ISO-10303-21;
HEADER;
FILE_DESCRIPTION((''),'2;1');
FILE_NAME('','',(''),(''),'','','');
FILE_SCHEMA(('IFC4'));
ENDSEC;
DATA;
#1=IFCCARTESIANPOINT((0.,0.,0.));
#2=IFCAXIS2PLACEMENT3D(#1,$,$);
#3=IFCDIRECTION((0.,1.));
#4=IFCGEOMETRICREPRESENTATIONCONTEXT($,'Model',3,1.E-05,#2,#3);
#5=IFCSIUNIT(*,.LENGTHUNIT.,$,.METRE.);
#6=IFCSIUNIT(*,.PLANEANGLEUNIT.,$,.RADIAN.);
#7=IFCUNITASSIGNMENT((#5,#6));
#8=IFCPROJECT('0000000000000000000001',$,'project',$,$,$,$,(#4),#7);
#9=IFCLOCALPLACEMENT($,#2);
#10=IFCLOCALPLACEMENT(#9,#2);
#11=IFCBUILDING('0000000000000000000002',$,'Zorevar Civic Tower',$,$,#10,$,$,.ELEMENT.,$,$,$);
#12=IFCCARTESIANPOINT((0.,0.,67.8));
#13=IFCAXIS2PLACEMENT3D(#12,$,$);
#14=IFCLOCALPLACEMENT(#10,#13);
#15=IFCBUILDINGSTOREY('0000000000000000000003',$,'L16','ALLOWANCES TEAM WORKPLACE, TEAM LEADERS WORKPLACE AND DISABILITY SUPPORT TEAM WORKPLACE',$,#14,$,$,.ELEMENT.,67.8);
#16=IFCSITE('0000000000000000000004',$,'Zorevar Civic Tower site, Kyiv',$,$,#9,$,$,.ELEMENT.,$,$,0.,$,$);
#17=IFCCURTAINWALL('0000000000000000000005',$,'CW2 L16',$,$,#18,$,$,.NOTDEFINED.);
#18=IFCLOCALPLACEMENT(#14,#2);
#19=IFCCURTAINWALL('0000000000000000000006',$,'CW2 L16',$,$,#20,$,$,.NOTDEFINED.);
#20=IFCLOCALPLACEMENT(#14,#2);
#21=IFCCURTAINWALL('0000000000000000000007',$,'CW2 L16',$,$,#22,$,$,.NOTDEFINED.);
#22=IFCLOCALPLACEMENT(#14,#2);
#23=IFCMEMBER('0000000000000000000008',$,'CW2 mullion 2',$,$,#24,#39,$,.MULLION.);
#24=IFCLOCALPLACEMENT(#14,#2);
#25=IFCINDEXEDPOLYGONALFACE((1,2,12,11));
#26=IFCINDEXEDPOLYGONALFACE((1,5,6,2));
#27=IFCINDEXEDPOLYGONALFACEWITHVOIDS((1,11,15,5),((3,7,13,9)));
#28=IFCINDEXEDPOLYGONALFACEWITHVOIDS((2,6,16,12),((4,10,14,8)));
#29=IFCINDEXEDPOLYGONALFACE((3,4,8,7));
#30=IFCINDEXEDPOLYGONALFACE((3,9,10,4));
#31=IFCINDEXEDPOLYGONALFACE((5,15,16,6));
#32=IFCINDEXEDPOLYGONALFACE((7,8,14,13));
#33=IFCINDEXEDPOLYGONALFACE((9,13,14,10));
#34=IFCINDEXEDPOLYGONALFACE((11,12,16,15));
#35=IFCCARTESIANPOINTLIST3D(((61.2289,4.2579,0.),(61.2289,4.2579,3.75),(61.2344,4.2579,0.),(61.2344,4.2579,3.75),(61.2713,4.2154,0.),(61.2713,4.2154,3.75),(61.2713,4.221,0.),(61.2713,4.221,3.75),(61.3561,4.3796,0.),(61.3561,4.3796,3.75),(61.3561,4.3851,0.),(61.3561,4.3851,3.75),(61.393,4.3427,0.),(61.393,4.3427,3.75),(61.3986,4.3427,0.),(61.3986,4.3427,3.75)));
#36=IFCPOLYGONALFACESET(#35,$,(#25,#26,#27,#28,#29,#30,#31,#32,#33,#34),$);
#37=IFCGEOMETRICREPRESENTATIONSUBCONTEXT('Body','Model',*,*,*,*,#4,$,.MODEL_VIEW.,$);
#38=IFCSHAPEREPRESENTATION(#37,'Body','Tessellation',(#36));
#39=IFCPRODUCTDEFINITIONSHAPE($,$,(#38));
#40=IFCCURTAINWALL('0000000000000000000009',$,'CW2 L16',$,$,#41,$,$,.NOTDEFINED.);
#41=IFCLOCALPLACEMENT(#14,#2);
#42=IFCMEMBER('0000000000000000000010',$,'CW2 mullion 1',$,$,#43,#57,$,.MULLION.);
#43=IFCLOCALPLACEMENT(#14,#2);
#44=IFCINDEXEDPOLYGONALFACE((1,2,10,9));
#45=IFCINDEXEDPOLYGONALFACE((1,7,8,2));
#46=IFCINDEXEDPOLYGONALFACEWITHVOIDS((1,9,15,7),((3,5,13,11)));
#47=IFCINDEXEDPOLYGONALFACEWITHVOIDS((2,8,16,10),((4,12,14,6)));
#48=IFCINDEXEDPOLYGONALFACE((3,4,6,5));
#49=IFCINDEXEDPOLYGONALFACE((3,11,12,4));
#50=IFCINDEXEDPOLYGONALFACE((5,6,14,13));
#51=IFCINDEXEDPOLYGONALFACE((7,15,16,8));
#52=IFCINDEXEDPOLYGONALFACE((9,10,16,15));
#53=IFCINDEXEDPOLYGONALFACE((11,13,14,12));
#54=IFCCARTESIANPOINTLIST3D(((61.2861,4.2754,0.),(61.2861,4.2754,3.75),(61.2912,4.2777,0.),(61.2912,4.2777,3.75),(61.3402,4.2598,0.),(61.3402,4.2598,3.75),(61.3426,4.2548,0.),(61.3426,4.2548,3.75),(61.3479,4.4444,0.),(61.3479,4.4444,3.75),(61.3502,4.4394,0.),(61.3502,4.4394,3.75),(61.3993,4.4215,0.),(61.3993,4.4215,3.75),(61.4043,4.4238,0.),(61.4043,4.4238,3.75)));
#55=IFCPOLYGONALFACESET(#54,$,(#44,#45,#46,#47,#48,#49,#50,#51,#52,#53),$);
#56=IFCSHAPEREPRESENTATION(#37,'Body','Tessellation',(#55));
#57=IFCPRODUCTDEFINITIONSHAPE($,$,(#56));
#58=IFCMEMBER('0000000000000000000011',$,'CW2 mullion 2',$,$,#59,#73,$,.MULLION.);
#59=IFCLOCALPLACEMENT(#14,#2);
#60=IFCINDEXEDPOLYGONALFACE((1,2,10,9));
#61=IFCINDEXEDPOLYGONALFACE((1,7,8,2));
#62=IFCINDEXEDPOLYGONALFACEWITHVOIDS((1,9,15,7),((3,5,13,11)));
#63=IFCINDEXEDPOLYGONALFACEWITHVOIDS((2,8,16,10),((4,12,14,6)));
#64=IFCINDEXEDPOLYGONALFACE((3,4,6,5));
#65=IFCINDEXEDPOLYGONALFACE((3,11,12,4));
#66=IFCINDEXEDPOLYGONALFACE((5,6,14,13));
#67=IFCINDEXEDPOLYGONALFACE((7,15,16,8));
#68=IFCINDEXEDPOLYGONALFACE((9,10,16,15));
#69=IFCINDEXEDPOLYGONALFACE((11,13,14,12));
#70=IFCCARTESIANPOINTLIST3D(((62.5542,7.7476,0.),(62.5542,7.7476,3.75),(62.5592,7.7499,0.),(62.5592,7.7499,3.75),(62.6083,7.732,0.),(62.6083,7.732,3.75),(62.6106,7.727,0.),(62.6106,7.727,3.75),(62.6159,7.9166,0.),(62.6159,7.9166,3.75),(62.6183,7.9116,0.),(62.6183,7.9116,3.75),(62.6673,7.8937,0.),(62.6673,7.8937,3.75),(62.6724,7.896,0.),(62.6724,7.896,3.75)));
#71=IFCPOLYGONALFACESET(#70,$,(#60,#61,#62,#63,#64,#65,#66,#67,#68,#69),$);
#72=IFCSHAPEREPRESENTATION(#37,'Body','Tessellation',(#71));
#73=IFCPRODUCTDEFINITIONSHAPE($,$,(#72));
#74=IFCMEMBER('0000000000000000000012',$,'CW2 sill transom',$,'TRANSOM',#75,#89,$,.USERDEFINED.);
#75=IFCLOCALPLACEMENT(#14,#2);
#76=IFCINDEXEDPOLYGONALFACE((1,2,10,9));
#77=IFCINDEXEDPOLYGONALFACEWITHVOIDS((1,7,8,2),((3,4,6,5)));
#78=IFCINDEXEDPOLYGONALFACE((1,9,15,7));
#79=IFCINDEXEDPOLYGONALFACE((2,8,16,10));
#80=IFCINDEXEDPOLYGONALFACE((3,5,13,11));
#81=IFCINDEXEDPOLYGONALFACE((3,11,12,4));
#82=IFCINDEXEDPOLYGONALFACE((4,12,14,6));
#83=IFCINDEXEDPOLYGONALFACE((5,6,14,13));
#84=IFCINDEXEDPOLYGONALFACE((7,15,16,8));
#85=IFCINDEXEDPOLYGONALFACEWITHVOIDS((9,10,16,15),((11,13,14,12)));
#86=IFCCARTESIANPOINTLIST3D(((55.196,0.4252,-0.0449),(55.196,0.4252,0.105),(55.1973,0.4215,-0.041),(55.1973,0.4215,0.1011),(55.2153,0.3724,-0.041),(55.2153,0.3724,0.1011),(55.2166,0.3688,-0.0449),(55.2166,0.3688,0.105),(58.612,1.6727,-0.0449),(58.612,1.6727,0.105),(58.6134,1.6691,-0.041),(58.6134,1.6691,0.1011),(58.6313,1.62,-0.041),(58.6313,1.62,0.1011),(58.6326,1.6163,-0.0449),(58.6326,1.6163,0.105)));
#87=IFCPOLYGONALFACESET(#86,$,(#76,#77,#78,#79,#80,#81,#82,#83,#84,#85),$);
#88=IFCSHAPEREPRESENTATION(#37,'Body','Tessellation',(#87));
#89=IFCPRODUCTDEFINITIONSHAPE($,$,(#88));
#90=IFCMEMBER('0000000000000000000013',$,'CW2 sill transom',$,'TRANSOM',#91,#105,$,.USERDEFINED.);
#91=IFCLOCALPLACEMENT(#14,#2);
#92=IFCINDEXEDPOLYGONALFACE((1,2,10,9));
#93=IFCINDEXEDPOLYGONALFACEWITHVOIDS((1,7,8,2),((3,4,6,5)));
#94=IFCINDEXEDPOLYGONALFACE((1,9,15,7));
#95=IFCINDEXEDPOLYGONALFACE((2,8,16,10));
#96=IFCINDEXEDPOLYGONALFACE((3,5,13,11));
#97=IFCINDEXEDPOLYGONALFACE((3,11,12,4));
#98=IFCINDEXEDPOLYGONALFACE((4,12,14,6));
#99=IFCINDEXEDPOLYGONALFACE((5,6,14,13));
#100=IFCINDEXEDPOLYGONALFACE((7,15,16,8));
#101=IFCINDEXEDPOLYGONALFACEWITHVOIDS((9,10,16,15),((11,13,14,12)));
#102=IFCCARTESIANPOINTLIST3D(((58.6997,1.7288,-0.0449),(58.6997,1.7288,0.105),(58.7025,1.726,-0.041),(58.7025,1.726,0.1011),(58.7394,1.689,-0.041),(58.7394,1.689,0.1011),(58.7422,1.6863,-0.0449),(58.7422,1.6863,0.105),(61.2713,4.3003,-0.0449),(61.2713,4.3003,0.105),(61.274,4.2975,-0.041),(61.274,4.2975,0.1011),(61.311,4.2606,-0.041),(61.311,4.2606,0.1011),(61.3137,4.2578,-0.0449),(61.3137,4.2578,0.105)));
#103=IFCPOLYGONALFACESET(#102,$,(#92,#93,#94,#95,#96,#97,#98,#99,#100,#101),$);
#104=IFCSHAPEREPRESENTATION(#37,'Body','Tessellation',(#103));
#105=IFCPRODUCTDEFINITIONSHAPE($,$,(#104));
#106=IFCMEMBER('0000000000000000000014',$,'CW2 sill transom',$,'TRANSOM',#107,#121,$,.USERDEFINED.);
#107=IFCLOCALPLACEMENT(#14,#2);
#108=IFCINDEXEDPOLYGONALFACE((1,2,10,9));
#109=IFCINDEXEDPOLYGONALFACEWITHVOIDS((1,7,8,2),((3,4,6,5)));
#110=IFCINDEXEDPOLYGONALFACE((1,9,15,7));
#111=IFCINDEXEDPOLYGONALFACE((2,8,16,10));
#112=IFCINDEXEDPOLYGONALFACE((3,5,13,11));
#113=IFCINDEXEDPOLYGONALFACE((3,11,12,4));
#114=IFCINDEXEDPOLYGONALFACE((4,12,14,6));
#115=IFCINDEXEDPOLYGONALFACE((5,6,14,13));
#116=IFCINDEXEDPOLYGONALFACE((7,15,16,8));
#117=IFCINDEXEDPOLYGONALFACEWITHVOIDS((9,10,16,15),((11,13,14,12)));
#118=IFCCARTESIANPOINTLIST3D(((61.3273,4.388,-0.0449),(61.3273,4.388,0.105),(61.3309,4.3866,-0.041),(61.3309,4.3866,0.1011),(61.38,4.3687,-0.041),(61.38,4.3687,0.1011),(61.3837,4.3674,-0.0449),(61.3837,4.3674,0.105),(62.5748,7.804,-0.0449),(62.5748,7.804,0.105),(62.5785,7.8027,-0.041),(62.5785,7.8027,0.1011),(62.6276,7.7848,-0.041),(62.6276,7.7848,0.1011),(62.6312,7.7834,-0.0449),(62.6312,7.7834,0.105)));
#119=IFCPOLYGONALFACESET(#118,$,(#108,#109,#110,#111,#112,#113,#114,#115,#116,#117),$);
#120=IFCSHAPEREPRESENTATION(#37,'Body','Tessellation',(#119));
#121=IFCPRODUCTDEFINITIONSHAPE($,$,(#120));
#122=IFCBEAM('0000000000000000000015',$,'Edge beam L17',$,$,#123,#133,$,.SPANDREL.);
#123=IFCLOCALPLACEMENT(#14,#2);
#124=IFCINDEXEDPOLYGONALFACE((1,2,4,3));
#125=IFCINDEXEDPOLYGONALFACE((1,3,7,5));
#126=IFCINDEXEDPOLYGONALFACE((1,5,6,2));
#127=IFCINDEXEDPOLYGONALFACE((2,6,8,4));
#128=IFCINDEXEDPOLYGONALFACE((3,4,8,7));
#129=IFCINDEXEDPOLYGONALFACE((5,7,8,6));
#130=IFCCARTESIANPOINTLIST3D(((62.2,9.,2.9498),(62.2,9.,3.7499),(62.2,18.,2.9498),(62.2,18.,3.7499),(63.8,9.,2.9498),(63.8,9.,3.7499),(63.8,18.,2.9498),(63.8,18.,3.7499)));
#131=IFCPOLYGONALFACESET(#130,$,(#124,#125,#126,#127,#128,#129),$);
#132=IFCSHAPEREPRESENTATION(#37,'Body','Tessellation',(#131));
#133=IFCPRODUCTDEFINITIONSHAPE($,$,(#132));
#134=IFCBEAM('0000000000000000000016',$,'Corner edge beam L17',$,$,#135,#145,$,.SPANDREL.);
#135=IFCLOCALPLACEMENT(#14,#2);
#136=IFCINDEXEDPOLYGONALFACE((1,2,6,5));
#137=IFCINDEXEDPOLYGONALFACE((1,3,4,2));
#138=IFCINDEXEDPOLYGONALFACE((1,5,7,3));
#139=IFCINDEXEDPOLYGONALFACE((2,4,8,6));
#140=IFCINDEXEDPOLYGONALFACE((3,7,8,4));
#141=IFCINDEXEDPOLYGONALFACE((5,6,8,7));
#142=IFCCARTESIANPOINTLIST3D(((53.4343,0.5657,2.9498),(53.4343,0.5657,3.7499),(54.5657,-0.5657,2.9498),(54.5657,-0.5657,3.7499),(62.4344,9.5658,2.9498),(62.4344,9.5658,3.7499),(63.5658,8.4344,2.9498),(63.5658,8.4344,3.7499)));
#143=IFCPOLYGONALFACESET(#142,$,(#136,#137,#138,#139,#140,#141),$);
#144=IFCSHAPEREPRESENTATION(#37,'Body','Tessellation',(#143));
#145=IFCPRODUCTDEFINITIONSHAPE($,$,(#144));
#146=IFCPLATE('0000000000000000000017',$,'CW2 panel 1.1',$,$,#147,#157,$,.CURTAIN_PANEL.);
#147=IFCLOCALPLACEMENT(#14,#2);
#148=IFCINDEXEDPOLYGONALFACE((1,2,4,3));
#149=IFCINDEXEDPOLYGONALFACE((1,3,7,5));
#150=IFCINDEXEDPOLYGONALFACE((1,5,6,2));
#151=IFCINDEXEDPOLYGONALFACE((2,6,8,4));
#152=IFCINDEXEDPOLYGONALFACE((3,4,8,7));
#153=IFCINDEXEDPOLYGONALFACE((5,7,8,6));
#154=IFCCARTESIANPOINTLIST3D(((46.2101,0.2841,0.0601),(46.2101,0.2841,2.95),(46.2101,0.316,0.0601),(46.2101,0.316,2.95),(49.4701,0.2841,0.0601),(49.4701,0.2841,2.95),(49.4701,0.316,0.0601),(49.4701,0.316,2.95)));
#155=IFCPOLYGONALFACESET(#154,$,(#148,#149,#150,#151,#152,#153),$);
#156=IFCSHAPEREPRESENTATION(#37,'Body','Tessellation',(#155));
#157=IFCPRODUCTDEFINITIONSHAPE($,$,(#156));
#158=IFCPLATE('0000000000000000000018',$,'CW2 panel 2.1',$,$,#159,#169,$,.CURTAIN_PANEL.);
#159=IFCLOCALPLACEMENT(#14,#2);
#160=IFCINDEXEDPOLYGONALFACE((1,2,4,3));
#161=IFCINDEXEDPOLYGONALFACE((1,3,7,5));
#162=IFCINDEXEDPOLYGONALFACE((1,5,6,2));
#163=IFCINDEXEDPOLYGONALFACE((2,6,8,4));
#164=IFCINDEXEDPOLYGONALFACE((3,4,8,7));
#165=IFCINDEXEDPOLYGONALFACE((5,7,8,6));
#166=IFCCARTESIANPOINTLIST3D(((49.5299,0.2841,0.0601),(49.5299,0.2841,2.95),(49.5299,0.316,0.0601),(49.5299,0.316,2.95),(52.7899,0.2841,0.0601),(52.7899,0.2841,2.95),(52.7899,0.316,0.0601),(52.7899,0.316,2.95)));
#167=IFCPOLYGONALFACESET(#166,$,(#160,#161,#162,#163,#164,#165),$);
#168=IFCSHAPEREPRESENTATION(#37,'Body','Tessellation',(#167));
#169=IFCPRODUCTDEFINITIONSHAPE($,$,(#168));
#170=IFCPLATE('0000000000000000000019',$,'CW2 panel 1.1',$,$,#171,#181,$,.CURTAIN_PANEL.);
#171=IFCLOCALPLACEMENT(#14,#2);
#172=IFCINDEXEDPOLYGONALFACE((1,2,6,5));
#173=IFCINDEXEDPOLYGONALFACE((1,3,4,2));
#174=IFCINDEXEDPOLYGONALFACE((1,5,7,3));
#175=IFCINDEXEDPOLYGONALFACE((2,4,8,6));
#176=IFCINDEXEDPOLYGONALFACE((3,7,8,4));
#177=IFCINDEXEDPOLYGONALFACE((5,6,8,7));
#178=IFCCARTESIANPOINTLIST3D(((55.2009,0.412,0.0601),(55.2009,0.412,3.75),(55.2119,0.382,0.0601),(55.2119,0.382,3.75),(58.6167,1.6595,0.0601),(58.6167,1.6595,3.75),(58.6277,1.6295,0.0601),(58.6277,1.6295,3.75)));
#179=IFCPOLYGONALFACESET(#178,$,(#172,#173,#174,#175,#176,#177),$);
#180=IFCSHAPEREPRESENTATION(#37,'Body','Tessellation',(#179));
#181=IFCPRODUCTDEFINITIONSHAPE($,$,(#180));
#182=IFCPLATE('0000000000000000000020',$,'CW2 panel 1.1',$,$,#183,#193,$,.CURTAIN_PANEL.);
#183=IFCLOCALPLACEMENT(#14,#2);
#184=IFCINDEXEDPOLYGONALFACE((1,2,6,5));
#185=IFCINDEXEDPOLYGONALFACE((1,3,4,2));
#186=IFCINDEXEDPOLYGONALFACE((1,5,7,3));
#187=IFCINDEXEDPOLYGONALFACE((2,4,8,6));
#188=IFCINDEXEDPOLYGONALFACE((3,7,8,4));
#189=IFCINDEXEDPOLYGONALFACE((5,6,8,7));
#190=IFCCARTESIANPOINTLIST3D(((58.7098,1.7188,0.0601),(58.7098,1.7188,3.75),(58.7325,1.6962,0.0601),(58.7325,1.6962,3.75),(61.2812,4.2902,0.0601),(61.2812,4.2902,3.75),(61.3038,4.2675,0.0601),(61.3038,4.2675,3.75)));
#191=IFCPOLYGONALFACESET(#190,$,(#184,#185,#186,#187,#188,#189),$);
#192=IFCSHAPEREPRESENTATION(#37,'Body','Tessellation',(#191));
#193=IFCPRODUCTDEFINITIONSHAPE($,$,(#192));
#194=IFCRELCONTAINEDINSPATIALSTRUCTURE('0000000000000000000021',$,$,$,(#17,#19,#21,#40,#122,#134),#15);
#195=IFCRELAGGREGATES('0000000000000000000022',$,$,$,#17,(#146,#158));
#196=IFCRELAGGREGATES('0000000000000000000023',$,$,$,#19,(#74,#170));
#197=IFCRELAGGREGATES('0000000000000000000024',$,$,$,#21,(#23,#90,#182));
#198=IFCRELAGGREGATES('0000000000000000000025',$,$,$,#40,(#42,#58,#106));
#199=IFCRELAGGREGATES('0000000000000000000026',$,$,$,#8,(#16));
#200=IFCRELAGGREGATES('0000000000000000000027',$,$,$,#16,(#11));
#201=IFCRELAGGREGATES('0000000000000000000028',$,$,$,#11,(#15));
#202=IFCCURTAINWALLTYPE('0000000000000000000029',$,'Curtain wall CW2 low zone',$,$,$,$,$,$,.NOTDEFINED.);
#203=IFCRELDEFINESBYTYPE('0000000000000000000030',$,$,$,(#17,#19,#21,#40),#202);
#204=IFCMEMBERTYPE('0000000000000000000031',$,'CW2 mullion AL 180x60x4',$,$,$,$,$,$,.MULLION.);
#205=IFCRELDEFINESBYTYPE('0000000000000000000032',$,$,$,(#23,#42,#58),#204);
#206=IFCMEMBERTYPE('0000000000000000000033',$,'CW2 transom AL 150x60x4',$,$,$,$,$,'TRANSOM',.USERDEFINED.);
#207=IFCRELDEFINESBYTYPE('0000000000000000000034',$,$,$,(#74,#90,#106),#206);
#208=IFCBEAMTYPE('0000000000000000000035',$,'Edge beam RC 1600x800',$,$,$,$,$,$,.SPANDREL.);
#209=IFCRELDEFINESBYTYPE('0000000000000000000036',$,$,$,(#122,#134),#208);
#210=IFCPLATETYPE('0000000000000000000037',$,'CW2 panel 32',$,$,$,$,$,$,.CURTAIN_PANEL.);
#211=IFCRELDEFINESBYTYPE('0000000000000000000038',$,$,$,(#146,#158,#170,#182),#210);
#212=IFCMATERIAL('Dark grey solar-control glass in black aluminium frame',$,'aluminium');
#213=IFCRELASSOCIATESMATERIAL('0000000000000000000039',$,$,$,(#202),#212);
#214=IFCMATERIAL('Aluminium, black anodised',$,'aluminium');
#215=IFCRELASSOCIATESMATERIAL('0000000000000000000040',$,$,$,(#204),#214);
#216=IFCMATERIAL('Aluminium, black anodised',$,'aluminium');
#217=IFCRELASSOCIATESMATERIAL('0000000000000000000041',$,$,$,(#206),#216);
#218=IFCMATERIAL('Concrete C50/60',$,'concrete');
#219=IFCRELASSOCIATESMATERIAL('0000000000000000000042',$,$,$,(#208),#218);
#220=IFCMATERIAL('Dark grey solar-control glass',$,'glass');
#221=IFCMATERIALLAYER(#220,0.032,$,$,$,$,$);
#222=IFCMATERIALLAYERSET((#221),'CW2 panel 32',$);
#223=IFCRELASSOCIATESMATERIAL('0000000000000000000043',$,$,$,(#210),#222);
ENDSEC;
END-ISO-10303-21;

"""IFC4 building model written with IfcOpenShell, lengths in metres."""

from ifc_helpers import new_model, si_unit, direction, frame, origin, origin_2d, place, context, subcontext, project, spatial, rectangle, hollow_rectangle, extrude, material, layer, layer_set, material_profile, profile_set, type_object, element, aggregate, save


model = new_model("IFC4")

# Units and contexts
model_context = context("Model", 3, precision=1e-05, world=origin(), true_north=direction((0.0, 1.0)))
body_context = subcontext(model_context, "Body", "Model", "MODEL_VIEW")
ifc_project = project(units=[si_unit("LENGTHUNIT", "METRE"), si_unit("PLANEANGLEUNIT", "RADIAN")], contexts=[model_context])

# Site, building, storey
site_placement = place(None, origin())
site = spatial("IfcSite", under=ifc_project, at=site_placement, Name="Zorevar Civic Tower site, Kyiv", CompositionType="ELEMENT", RefElevation=0.0)
building_placement = place(site_placement, origin())
building = spatial("IfcBuilding", under=site, at=building_placement, Name="Zorevar Civic Tower", CompositionType="ELEMENT")
storey_placement = place(building_placement, frame((0.0, 0.0, 67.8)))
storey = spatial("IfcBuildingStorey", under=building, at=storey_placement, Name="L16", Description="ALLOWANCES TEAM WORKPLACE, TEAM LEADERS WORKPLACE AND DISABILITY SUPPORT TEAM WORKPLACE", CompositionType="ELEMENT", Elevation=67.8)

# Curtain wall
ifc_material_1 = material(Name="Dark grey solar-control glass in black aluminium frame", Category="aluminium")
curtain_wall_type = type_object("IfcCurtainWallType", Name="Curtain wall CW2 low zone", PredefinedType="NOTDEFINED", material=ifc_material_1)
curtain_wall_1_placement = place(storey_placement, origin())
curtain_wall_1 = element("IfcCurtainWall", 1, at=curtain_wall_1_placement, inside=storey, type_object=curtain_wall_type, Name="CW2 L16", PredefinedType="NOTDEFINED")
ifc_material_2 = material(Name="Aluminium, black anodised", Category="aluminium")
ifc_material_profile_1 = material_profile(ifc_material_2, hollow_rectangle(XDim=0.0601, YDim=0.1799, WallThickness=0.0039, at=origin_2d()), Name="AL 180x60x4")
ifc_profile_set_1 = profile_set([ifc_material_profile_1], Name="Aluminium, black anodised")
member_type_1 = type_object("IfcMemberType", Name="CW2 mullion AL 180x60x4", PredefinedType="MULLION", material=ifc_profile_set_1)

# Curtain walls, members
curtain_wall_2_placement = place(storey_placement, origin())
curtain_wall_2 = element("IfcCurtainWall", 2, at=curtain_wall_2_placement, inside=storey, type_object=curtain_wall_type, Name="CW2 L16", PredefinedType="NOTDEFINED")
curtain_wall_3_placement = place(storey_placement, origin())
curtain_wall_3 = element("IfcCurtainWall", 3, at=curtain_wall_3_placement, inside=storey, type_object=curtain_wall_type, Name="CW2 L16", PredefinedType="NOTDEFINED")
member_1_placement = place(storey_placement, frame((61.3137, 4.3003, 0.0), z_axis=(0.0, 0.0, 1.0), x_axis=(-0.707107, 0.707107, 0.0)))
member_1 = element("IfcMember", 4, at=member_1_placement, type_object=member_type_1, Name="CW2 mullion 2", PredefinedType="MULLION", context=body_context, shape_type="SweptSolid", body=[
    extrude(hollow_rectangle(XDim=0.0601, YDim=0.1799, WallThickness=0.0039, at=origin_2d()), origin(), (0.0, 0.0, 1.0), 3.75),
])
curtain_wall_4_placement = place(storey_placement, origin())
curtain_wall_4 = element("IfcCurtainWall", 5, at=curtain_wall_4_placement, inside=storey, type_object=curtain_wall_type, Name="CW2 L16", PredefinedType="NOTDEFINED")
member_2_placement = place(storey_placement, frame((61.3452, 4.3496, 0.0), z_axis=(0.0, 0.0, 1.0), x_axis=(-0.939313, 0.34306, 0.0)))
member_2 = element("IfcMember", 6, at=member_2_placement, type_object=member_type_1, Name="CW2 mullion 1", PredefinedType="MULLION", context=body_context, shape_type="SweptSolid", body=[
    extrude(hollow_rectangle(XDim=0.0601, YDim=0.1799, WallThickness=0.0039, at=origin_2d()), origin(), (0.0, 0.0, 1.0), 3.75),
])
member_3_placement = place(storey_placement, frame((62.6133, 7.8218, 0.0), z_axis=(0.0, 0.0, 1.0), x_axis=(-0.939313, 0.34306, 0.0)))
member_3 = element("IfcMember", 7, at=member_3_placement, type_object=member_type_1, Name="CW2 mullion 2", PredefinedType="MULLION", context=body_context, shape_type="SweptSolid", body=[
    extrude(hollow_rectangle(XDim=0.0601, YDim=0.1799, WallThickness=0.0039, at=origin_2d()), origin(), (0.0, 0.0, 1.0), 3.75),
])

# Members
ifc_material_3 = material(Name="Aluminium, black anodised", Category="aluminium")
ifc_material_profile_2 = material_profile(ifc_material_3, hollow_rectangle(XDim=0.0601, YDim=0.1499, WallThickness=0.0039, at=origin_2d()), Name="AL 150x60x4")
ifc_profile_set_2 = profile_set([ifc_material_profile_2], Name="Aluminium, black anodised")
member_type_2 = type_object("IfcMemberType", Name="CW2 transom AL 150x60x4", ElementType="TRANSOM", PredefinedType="USERDEFINED", material=ifc_profile_set_2)
member_4_placement = place(storey_placement, frame((55.2063, 0.397, 0.03), z_axis=(0.939318, 0.343047, 0.0), x_axis=(-0.343047, 0.939318, 0.0)))
member_4 = element("IfcMember", 8, at=member_4_placement, type_object=member_type_2, Name="CW2 sill transom", ObjectType="TRANSOM", PredefinedType="USERDEFINED", context=body_context, shape_type="SweptSolid", body=[
    extrude(hollow_rectangle(XDim=0.0601, YDim=0.1499, WallThickness=0.0039, at=origin_2d()), origin(), (0.0, 0.0, 1.0), 3.6367),
])
member_5_placement = place(storey_placement, frame((58.7209, 1.7075, 0.03), z_axis=(0.707107, 0.707107, 0.0), x_axis=(-0.707107, 0.707107, 0.0)))
member_5 = element("IfcMember", 9, at=member_5_placement, type_object=member_type_2, Name="CW2 sill transom", ObjectType="TRANSOM", PredefinedType="USERDEFINED", context=body_context, shape_type="SweptSolid", body=[
    extrude(hollow_rectangle(XDim=0.0601, YDim=0.1499, WallThickness=0.0039, at=origin_2d()), origin(), (0.0, 0.0, 1.0), 3.6367),
])
member_6_placement = place(storey_placement, frame((61.3555, 4.3777, 0.03), z_axis=(0.343047, 0.939318, 0.0), x_axis=(-0.939318, 0.343047, 0.0)))
member_6 = element("IfcMember", 10, at=member_6_placement, type_object=member_type_2, Name="CW2 sill transom", ObjectType="TRANSOM", PredefinedType="USERDEFINED", context=body_context, shape_type="SweptSolid", body=[
    extrude(hollow_rectangle(XDim=0.0601, YDim=0.1499, WallThickness=0.0039, at=origin_2d()), origin(), (0.0, 0.0, 1.0), 3.6367),
])

# Beams
ifc_material_4 = material(Name="Concrete C50/60", Category="concrete")
ifc_material_profile_3 = material_profile(ifc_material_4, rectangle(XDim=1.6001, YDim=0.8, at=origin_2d()), Name="RC 1600x800")
ifc_profile_set_3 = profile_set([ifc_material_profile_3], Name="Concrete C50/60")
beam_type_1 = type_object("IfcBeamType", Name="Edge beam RC 1600x800", PredefinedType="SPANDREL", material=ifc_profile_set_3)
beam_1_placement = place(storey_placement, frame((63.0, 9.0, 3.3499), z_axis=(0.0, 1.0, 0.0), x_axis=(-1.0, 0.0, 0.0)))
element("IfcBeam", 11, at=beam_1_placement, inside=storey, type_object=beam_type_1, Name="Edge beam L17", PredefinedType="SPANDREL", context=body_context, shape_type="SweptSolid", body=[
    extrude(rectangle(XDim=1.6001, YDim=0.8, at=origin_2d()), origin(), (0.0, 0.0, 1.0), 9.0),
])
beam_2_placement = place(storey_placement, frame((54.0, 0.0, 3.3499), z_axis=(0.707107, 0.707107, 0.0), x_axis=(-0.707107, 0.707107, 0.0)))
element("IfcBeam", 12, at=beam_2_placement, inside=storey, type_object=beam_type_1, Name="Corner edge beam L17", PredefinedType="SPANDREL", context=body_context, shape_type="SweptSolid", body=[
    extrude(rectangle(XDim=1.6001, YDim=0.8, at=origin_2d()), origin(), (0.0, 0.0, 1.0), 12.728),
])

# Plates
ifc_material_5 = material(Name="Dark grey solar-control glass", Category="glass")
ifc_layer_1 = layer(ifc_material_5, 0.032)
ifc_layer_set_1 = layer_set([ifc_layer_1], Name="CW2 panel 32")
plate_type = type_object("IfcPlateType", Name="CW2 panel 32", PredefinedType="CURTAIN_PANEL", material=ifc_layer_set_1)
plate_1_placement = place(storey_placement, frame((47.8401, 0.3, 0.0601), z_axis=(0.0, 0.0, 1.0), x_axis=(1.0, 0.0, 0.0)))
plate_1 = element("IfcPlate", 13, at=plate_1_placement, type_object=plate_type, Name="CW2 panel 1.1", PredefinedType="CURTAIN_PANEL", context=body_context, shape_type="SweptSolid", body=[
    extrude(rectangle(XDim=3.26, YDim=0.032, at=origin_2d()), origin(), (0.0, 0.0, 1.0), 2.8899),
])
plate_2_placement = place(storey_placement, frame((51.1599, 0.3, 0.0601), z_axis=(0.0, 0.0, 1.0), x_axis=(1.0, 0.0, 0.0)))
plate_2 = element("IfcPlate", 14, at=plate_2_placement, type_object=plate_type, Name="CW2 panel 2.1", PredefinedType="CURTAIN_PANEL", context=body_context, shape_type="SweptSolid", body=[
    extrude(rectangle(XDim=3.26, YDim=0.032, at=origin_2d()), origin(), (0.0, 0.0, 1.0), 2.8899),
])
aggregate(curtain_wall_1, [plate_1, plate_2])
plate_3_placement = place(storey_placement, frame((56.9143, 1.0208, 0.0601), z_axis=(0.0, 0.0, 1.0), x_axis=(0.939313, 0.34306, 0.0)))
plate_3 = element("IfcPlate", 15, at=plate_3_placement, type_object=plate_type, Name="CW2 panel 1.1", PredefinedType="CURTAIN_PANEL", context=body_context, shape_type="SweptSolid", body=[
    extrude(rectangle(XDim=3.6365, YDim=0.032, at=origin_2d()), origin(), (0.0, 0.0, 1.0), 3.6899),
])
aggregate(curtain_wall_2, [member_4, plate_3])
plate_4_placement = place(storey_placement, frame((60.0068, 2.9932, 0.0601), z_axis=(0.0, 0.0, 1.0), x_axis=(0.707107, 0.707107, 0.0)))
plate_4 = element("IfcPlate", 16, at=plate_4_placement, type_object=plate_type, Name="CW2 panel 1.1", PredefinedType="CURTAIN_PANEL", context=body_context, shape_type="SweptSolid", body=[
    extrude(rectangle(XDim=3.6365, YDim=0.032, at=origin_2d()), origin(), (0.0, 0.0, 1.0), 3.6899),
])
aggregate(curtain_wall_3, [member_1, member_5, plate_4])
aggregate(curtain_wall_4, [member_2, member_3, member_6])

save(model, "model.ifc")
